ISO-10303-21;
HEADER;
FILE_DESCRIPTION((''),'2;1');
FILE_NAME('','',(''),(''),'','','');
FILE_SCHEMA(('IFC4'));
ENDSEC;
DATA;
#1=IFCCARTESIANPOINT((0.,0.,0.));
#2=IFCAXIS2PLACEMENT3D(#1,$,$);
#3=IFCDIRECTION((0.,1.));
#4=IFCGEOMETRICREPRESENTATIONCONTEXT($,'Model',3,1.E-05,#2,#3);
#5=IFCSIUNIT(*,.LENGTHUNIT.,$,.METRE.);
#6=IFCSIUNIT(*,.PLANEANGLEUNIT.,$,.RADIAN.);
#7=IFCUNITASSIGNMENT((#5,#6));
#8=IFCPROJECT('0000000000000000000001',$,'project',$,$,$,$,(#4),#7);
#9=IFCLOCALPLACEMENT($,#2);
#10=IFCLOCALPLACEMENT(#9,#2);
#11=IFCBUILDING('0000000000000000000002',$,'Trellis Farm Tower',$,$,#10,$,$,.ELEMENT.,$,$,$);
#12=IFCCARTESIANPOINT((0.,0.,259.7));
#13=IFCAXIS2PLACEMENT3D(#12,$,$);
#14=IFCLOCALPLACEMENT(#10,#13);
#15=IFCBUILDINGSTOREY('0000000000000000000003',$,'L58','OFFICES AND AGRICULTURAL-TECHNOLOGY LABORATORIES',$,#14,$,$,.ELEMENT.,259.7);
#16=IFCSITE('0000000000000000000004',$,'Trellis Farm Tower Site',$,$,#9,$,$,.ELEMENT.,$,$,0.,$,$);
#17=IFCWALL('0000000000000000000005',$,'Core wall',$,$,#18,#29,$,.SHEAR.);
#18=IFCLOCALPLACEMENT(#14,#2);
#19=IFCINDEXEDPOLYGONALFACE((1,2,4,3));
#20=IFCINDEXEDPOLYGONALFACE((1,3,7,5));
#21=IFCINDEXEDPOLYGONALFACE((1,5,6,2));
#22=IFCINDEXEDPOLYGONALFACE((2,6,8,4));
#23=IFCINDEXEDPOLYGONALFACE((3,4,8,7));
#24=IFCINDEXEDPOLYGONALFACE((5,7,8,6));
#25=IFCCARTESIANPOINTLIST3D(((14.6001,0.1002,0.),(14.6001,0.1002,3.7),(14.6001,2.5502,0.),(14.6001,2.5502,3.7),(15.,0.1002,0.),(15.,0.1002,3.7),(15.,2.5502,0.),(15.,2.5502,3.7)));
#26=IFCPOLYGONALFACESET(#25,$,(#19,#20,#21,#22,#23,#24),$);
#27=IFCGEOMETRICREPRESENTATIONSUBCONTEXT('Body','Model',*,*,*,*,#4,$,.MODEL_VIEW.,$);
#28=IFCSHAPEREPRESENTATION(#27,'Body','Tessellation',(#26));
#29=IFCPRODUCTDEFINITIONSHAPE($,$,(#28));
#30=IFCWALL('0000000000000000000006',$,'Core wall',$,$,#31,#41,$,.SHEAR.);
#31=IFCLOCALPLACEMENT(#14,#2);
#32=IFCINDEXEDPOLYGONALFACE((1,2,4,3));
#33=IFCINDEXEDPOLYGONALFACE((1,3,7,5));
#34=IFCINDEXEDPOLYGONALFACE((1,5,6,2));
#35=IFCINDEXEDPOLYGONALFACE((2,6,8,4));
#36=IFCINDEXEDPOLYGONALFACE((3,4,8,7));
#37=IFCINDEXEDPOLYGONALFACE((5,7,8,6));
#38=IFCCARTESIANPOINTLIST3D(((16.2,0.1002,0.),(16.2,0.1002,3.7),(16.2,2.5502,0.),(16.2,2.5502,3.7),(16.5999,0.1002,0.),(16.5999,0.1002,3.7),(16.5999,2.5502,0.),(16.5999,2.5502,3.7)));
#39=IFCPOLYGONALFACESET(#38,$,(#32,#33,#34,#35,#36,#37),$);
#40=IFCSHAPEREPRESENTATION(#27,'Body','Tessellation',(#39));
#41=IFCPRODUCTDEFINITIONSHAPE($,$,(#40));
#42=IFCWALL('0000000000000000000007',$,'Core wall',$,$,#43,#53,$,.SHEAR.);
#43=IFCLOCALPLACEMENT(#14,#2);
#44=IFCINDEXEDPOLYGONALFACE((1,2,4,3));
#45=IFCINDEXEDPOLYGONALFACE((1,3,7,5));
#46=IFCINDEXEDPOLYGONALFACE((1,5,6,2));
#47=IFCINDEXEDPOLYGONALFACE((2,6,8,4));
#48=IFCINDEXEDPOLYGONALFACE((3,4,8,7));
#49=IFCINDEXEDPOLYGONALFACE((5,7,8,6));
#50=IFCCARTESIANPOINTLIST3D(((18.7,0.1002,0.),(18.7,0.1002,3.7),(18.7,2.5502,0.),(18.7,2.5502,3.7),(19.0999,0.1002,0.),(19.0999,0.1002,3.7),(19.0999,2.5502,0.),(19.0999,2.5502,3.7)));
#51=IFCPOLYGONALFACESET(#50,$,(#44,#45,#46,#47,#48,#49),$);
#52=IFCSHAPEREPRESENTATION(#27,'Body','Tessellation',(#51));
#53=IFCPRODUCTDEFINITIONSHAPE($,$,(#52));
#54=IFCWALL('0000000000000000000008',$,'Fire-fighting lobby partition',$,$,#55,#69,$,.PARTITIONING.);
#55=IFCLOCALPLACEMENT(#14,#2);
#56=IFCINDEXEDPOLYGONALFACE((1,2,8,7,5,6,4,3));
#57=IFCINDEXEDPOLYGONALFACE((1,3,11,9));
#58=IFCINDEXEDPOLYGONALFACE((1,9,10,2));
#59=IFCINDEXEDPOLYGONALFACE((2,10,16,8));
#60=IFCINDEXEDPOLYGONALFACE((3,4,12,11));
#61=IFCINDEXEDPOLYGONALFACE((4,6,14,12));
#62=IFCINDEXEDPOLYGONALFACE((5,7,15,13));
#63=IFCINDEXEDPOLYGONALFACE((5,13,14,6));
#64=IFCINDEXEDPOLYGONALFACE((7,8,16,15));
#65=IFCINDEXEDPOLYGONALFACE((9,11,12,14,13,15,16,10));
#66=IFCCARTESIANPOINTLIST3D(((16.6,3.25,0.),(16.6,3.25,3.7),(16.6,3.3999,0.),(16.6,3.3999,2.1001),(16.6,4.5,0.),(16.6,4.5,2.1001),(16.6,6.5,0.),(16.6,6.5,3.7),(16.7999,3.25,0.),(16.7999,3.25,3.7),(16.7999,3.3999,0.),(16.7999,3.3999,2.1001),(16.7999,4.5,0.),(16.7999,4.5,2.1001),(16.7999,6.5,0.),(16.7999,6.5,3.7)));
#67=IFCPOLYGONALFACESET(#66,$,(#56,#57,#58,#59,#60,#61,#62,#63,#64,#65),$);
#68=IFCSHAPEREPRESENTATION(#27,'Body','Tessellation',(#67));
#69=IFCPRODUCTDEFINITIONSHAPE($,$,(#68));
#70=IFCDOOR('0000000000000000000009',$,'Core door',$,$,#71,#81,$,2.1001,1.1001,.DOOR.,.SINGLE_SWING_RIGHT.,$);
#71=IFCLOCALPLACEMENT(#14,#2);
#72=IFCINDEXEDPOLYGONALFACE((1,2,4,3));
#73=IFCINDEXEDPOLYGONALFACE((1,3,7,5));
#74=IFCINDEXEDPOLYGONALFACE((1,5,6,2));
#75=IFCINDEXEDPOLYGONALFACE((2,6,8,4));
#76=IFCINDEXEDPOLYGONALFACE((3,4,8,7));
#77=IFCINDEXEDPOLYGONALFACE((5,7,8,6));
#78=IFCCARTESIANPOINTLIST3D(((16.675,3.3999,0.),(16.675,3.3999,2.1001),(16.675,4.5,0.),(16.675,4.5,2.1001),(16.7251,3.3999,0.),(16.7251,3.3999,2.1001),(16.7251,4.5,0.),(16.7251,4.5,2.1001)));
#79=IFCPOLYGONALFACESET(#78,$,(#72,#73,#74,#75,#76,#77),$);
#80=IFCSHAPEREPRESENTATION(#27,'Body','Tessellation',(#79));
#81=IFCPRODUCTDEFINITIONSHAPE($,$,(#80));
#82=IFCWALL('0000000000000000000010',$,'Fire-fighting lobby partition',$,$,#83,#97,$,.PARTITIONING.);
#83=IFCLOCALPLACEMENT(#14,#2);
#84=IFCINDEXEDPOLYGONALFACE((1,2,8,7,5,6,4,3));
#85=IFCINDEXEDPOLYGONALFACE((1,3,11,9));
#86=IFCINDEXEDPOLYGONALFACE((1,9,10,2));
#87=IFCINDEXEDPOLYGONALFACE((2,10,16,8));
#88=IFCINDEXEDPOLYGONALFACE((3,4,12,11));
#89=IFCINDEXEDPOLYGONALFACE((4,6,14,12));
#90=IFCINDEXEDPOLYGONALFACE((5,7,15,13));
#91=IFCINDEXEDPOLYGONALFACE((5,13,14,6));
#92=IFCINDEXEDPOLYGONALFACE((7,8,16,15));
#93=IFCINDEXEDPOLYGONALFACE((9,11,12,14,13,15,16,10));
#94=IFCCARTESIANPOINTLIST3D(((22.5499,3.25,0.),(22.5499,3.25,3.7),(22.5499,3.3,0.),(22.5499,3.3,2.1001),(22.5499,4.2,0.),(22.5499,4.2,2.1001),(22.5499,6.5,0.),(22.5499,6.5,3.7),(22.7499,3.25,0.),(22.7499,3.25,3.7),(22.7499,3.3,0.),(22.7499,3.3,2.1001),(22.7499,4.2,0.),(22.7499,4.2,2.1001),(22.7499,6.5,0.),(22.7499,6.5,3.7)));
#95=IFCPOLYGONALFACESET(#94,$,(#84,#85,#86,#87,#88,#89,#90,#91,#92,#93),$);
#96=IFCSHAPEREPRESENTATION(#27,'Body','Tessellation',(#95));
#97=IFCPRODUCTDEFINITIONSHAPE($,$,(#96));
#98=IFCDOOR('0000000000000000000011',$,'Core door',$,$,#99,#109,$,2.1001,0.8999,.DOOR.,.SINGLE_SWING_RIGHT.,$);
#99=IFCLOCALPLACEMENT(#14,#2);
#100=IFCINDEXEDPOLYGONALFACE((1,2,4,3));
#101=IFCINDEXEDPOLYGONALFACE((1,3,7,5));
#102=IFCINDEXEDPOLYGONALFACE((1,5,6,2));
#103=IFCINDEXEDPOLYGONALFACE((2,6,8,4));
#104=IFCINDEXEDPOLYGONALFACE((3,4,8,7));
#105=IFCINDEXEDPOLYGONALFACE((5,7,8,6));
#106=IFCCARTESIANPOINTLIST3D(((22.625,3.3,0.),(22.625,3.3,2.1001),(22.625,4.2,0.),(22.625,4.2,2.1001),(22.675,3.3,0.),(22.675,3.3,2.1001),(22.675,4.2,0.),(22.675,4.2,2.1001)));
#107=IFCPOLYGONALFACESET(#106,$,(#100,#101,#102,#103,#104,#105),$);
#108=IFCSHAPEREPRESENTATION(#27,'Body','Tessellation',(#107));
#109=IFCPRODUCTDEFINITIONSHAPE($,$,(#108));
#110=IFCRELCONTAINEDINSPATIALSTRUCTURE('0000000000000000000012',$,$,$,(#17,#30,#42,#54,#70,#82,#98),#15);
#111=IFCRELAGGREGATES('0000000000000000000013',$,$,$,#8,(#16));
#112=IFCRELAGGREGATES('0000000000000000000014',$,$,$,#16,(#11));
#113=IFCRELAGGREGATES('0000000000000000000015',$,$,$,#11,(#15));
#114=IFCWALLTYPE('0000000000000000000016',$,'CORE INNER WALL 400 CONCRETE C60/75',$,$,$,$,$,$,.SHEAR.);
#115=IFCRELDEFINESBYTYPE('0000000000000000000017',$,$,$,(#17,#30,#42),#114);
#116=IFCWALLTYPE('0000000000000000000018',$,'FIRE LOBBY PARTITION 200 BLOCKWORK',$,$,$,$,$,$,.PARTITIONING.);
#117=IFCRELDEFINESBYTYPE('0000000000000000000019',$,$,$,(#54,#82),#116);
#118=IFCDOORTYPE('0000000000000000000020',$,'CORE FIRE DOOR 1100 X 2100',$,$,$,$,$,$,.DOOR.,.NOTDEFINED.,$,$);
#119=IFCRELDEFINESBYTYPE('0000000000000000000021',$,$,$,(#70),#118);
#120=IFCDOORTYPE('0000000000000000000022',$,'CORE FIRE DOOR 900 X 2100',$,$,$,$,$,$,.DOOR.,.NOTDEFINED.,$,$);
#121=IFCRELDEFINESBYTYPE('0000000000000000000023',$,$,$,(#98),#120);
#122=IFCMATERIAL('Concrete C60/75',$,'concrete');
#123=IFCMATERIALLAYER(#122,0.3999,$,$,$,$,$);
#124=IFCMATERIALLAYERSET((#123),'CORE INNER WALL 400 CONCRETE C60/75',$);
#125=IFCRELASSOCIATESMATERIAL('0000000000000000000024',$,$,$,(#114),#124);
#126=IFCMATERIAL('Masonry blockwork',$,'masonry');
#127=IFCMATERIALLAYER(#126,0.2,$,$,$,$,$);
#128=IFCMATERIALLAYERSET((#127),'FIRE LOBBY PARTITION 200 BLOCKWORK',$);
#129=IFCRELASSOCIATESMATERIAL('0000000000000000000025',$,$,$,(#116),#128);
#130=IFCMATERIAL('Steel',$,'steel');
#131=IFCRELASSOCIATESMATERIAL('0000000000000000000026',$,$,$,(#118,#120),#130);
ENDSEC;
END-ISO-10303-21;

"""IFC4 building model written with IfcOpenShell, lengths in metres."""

from ifc_helpers import new_model, si_unit, direction, frame, frame_2d, origin, place, context, subcontext, project, spatial, rectangle, extrude, source, transform, mapped, material, layer, layer_set, type_object, element, fill, save


model = new_model("IFC4")

# Units and contexts
model_context = context("Model", 3, precision=1e-05, world=origin(), true_north=direction((0.0, 1.0)))
body_context = subcontext(model_context, "Body", "Model", "MODEL_VIEW")
ifc_project = project(units=[si_unit("LENGTHUNIT", "METRE"), si_unit("PLANEANGLEUNIT", "RADIAN")], contexts=[model_context])

# Site, building, storey
site_placement = place(None, origin())
site = spatial("IfcSite", under=ifc_project, at=site_placement, Name="Trellis Farm Tower Site", CompositionType="ELEMENT", RefElevation=0.0)
building_placement = place(site_placement, origin())
building = spatial("IfcBuilding", under=site, at=building_placement, Name="Trellis Farm Tower", CompositionType="ELEMENT")
storey_placement = place(building_placement, frame((0.0, 0.0, 259.7)))
storey = spatial("IfcBuildingStorey", under=building, at=storey_placement, Name="L58", Description="OFFICES AND AGRICULTURAL-TECHNOLOGY LABORATORIES", CompositionType="ELEMENT", Elevation=259.7)

# Shared definitions
ifc_material_1 = material(Name="Concrete C60/75", Category="concrete")

# Walls
ifc_layer_1 = layer(ifc_material_1, 0.3999)
ifc_layer_set_1 = layer_set([ifc_layer_1], Name="CORE INNER WALL 400 CONCRETE C60/75")
wall_type_1 = type_object("IfcWallType", Name="CORE INNER WALL 400 CONCRETE C60/75", PredefinedType="SHEAR", material=ifc_layer_set_1)
shared_shape_1 = source(origin(), body_context, "Body", "SweptSolid", [
    extrude(rectangle(XDim=2.45, YDim=0.3999, at=frame_2d((1.2251, 0.0))), origin(), (0.0, 0.0, 1.0), 3.7),
])
for number, where, z_axis, x_axis, name in (
    (1, (14.8, 0.1001, 0.0), (0.0, 0.0, 1.0), (0.0, 1.0, 0.0), "Core wall"),
    (2, (16.3999, 0.1001, 0.0), (0.0, 0.0, 1.0), (0.0, 1.0, 0.0), "Core wall"),
    (3, (18.8999, 0.1001, 0.0), (0.0, 0.0, 1.0), (0.0, 1.0, 0.0), "Core wall"),
):
    element("IfcWall", number, at=place(storey_placement, frame(where, z_axis=z_axis, x_axis=x_axis)), inside=storey, type_object=wall_type_1, Name=name, PredefinedType="SHEAR", context=body_context, shape_type="MappedRepresentation", body=[
        mapped(shared_shape_1, transform((0.0, 0.0, 0.0))),
    ])

# Walls, openings, doors
ifc_material_2 = material(Name="Masonry blockwork", Category="masonry")
ifc_layer_2 = layer(ifc_material_2, 0.2)
ifc_layer_set_2 = layer_set([ifc_layer_2], Name="FIRE LOBBY PARTITION 200 BLOCKWORK")
wall_type_2 = type_object("IfcWallType", Name="FIRE LOBBY PARTITION 200 BLOCKWORK", PredefinedType="PARTITIONING", material=ifc_layer_set_2)
shared_shape_2 = source(origin(), body_context, "Body", "SweptSolid", [
    extrude(rectangle(XDim=3.25, YDim=0.2, at=frame_2d((1.625, 0.0))), origin(), (0.0, 0.0, 1.0), 3.7),
])
wall_1_placement = place(storey_placement, frame((16.7, 3.25, 0.0), z_axis=(0.0, 0.0, 1.0), x_axis=(0.0, 1.0, 0.0)))
wall_1 = element("IfcWall", 4, at=wall_1_placement, inside=storey, type_object=wall_type_2, Name="Fire-fighting lobby partition", PredefinedType="PARTITIONING", context=body_context, shape_type="MappedRepresentation", body=[
    mapped(shared_shape_2, transform((0.0, 0.0, 0.0))),
])
shared_shape_3 = source(origin(), body_context, "Body", "SweptSolid", [
    extrude(rectangle(XDim=1.1001, YDim=2.1001, at=frame_2d((0.55, 1.05))), frame((0.0, 0.1101, 0.0), z_axis=(0.0, -1.0, 0.0), x_axis=(1.0, 0.0, 0.0)), (0.0, 0.0, 1.0), 0.2202),
])
opening_1_placement = place(wall_1_placement, frame((0.1499, 0.0, 0.0)))
opening_1 = element("IfcOpeningElement", 5, at=opening_1_placement, cuts=wall_1, PredefinedType="OPENING", context=body_context, shape_type="MappedRepresentation", body=[
    mapped(shared_shape_3, transform((0.0, 0.0, 0.0))),
])
ifc_material_3 = material(Name="Steel", Category="steel")
door_type_1 = type_object("IfcDoorType", Name="CORE FIRE DOOR 1100 X 2100", OperationType="NOTDEFINED", PredefinedType="DOOR", material=ifc_material_3)
shared_shape_4 = source(origin(), body_context, "Body", "SweptSolid", [
    extrude(rectangle(XDim=1.1001, YDim=2.1001, at=frame_2d((0.55, 1.05))), frame((0.0, 0.0249, 0.0), z_axis=(0.0, -1.0, 0.0), x_axis=(1.0, 0.0, 0.0)), (0.0, 0.0, 1.0), 0.05),
])
door_1_placement = place(opening_1_placement, origin())
door_1 = element("IfcDoor", 6, at=door_1_placement, inside=storey, type_object=door_type_1, Name="Core door", OperationType="SINGLE_SWING_RIGHT", OverallHeight=2.1001, OverallWidth=1.1001, PredefinedType="DOOR", context=body_context, shape_type="MappedRepresentation", body=[
    mapped(shared_shape_4, transform((0.0, 0.0, 0.0))),
])
fill(opening_1, door_1)
wall_2_placement = place(storey_placement, frame((22.6499, 3.25, 0.0), z_axis=(0.0, 0.0, 1.0), x_axis=(0.0, 1.0, 0.0)))
wall_2 = element("IfcWall", 7, at=wall_2_placement, inside=storey, type_object=wall_type_2, Name="Fire-fighting lobby partition", PredefinedType="PARTITIONING", context=body_context, shape_type="MappedRepresentation", body=[
    mapped(shared_shape_2, transform((0.0, 0.0, 0.0))),
])
shared_shape_5 = source(origin(), body_context, "Body", "SweptSolid", [
    extrude(rectangle(XDim=0.8999, YDim=2.1001, at=frame_2d((0.45, 1.05))), frame((0.0, 0.1101, 0.0), z_axis=(0.0, -1.0, 0.0), x_axis=(1.0, 0.0, 0.0)), (0.0, 0.0, 1.0), 0.2202),
])
opening_2_placement = place(wall_2_placement, frame((0.05, 0.0, 0.0)))
opening_2 = element("IfcOpeningElement", 8, at=opening_2_placement, cuts=wall_2, PredefinedType="OPENING", context=body_context, shape_type="MappedRepresentation", body=[
    mapped(shared_shape_5, transform((0.0, 0.0, 0.0))),
])
door_type_2 = type_object("IfcDoorType", Name="CORE FIRE DOOR 900 X 2100", OperationType="NOTDEFINED", PredefinedType="DOOR", material=ifc_material_3)
shared_shape_6 = source(origin(), body_context, "Body", "SweptSolid", [
    extrude(rectangle(XDim=0.8999, YDim=2.1001, at=frame_2d((0.45, 1.05))), frame((0.0, 0.0249, 0.0), z_axis=(0.0, -1.0, 0.0), x_axis=(1.0, 0.0, 0.0)), (0.0, 0.0, 1.0), 0.05),
])
door_2_placement = place(opening_2_placement, origin())
door_2 = element("IfcDoor", 9, at=door_2_placement, inside=storey, type_object=door_type_2, Name="Core door", OperationType="SINGLE_SWING_RIGHT", OverallHeight=2.1001, OverallWidth=0.8999, PredefinedType="DOOR", context=body_context, shape_type="MappedRepresentation", body=[
    mapped(shared_shape_6, transform((0.0, 0.0, 0.0))),
])
fill(opening_2, door_2)

save(model, "model.ifc")
